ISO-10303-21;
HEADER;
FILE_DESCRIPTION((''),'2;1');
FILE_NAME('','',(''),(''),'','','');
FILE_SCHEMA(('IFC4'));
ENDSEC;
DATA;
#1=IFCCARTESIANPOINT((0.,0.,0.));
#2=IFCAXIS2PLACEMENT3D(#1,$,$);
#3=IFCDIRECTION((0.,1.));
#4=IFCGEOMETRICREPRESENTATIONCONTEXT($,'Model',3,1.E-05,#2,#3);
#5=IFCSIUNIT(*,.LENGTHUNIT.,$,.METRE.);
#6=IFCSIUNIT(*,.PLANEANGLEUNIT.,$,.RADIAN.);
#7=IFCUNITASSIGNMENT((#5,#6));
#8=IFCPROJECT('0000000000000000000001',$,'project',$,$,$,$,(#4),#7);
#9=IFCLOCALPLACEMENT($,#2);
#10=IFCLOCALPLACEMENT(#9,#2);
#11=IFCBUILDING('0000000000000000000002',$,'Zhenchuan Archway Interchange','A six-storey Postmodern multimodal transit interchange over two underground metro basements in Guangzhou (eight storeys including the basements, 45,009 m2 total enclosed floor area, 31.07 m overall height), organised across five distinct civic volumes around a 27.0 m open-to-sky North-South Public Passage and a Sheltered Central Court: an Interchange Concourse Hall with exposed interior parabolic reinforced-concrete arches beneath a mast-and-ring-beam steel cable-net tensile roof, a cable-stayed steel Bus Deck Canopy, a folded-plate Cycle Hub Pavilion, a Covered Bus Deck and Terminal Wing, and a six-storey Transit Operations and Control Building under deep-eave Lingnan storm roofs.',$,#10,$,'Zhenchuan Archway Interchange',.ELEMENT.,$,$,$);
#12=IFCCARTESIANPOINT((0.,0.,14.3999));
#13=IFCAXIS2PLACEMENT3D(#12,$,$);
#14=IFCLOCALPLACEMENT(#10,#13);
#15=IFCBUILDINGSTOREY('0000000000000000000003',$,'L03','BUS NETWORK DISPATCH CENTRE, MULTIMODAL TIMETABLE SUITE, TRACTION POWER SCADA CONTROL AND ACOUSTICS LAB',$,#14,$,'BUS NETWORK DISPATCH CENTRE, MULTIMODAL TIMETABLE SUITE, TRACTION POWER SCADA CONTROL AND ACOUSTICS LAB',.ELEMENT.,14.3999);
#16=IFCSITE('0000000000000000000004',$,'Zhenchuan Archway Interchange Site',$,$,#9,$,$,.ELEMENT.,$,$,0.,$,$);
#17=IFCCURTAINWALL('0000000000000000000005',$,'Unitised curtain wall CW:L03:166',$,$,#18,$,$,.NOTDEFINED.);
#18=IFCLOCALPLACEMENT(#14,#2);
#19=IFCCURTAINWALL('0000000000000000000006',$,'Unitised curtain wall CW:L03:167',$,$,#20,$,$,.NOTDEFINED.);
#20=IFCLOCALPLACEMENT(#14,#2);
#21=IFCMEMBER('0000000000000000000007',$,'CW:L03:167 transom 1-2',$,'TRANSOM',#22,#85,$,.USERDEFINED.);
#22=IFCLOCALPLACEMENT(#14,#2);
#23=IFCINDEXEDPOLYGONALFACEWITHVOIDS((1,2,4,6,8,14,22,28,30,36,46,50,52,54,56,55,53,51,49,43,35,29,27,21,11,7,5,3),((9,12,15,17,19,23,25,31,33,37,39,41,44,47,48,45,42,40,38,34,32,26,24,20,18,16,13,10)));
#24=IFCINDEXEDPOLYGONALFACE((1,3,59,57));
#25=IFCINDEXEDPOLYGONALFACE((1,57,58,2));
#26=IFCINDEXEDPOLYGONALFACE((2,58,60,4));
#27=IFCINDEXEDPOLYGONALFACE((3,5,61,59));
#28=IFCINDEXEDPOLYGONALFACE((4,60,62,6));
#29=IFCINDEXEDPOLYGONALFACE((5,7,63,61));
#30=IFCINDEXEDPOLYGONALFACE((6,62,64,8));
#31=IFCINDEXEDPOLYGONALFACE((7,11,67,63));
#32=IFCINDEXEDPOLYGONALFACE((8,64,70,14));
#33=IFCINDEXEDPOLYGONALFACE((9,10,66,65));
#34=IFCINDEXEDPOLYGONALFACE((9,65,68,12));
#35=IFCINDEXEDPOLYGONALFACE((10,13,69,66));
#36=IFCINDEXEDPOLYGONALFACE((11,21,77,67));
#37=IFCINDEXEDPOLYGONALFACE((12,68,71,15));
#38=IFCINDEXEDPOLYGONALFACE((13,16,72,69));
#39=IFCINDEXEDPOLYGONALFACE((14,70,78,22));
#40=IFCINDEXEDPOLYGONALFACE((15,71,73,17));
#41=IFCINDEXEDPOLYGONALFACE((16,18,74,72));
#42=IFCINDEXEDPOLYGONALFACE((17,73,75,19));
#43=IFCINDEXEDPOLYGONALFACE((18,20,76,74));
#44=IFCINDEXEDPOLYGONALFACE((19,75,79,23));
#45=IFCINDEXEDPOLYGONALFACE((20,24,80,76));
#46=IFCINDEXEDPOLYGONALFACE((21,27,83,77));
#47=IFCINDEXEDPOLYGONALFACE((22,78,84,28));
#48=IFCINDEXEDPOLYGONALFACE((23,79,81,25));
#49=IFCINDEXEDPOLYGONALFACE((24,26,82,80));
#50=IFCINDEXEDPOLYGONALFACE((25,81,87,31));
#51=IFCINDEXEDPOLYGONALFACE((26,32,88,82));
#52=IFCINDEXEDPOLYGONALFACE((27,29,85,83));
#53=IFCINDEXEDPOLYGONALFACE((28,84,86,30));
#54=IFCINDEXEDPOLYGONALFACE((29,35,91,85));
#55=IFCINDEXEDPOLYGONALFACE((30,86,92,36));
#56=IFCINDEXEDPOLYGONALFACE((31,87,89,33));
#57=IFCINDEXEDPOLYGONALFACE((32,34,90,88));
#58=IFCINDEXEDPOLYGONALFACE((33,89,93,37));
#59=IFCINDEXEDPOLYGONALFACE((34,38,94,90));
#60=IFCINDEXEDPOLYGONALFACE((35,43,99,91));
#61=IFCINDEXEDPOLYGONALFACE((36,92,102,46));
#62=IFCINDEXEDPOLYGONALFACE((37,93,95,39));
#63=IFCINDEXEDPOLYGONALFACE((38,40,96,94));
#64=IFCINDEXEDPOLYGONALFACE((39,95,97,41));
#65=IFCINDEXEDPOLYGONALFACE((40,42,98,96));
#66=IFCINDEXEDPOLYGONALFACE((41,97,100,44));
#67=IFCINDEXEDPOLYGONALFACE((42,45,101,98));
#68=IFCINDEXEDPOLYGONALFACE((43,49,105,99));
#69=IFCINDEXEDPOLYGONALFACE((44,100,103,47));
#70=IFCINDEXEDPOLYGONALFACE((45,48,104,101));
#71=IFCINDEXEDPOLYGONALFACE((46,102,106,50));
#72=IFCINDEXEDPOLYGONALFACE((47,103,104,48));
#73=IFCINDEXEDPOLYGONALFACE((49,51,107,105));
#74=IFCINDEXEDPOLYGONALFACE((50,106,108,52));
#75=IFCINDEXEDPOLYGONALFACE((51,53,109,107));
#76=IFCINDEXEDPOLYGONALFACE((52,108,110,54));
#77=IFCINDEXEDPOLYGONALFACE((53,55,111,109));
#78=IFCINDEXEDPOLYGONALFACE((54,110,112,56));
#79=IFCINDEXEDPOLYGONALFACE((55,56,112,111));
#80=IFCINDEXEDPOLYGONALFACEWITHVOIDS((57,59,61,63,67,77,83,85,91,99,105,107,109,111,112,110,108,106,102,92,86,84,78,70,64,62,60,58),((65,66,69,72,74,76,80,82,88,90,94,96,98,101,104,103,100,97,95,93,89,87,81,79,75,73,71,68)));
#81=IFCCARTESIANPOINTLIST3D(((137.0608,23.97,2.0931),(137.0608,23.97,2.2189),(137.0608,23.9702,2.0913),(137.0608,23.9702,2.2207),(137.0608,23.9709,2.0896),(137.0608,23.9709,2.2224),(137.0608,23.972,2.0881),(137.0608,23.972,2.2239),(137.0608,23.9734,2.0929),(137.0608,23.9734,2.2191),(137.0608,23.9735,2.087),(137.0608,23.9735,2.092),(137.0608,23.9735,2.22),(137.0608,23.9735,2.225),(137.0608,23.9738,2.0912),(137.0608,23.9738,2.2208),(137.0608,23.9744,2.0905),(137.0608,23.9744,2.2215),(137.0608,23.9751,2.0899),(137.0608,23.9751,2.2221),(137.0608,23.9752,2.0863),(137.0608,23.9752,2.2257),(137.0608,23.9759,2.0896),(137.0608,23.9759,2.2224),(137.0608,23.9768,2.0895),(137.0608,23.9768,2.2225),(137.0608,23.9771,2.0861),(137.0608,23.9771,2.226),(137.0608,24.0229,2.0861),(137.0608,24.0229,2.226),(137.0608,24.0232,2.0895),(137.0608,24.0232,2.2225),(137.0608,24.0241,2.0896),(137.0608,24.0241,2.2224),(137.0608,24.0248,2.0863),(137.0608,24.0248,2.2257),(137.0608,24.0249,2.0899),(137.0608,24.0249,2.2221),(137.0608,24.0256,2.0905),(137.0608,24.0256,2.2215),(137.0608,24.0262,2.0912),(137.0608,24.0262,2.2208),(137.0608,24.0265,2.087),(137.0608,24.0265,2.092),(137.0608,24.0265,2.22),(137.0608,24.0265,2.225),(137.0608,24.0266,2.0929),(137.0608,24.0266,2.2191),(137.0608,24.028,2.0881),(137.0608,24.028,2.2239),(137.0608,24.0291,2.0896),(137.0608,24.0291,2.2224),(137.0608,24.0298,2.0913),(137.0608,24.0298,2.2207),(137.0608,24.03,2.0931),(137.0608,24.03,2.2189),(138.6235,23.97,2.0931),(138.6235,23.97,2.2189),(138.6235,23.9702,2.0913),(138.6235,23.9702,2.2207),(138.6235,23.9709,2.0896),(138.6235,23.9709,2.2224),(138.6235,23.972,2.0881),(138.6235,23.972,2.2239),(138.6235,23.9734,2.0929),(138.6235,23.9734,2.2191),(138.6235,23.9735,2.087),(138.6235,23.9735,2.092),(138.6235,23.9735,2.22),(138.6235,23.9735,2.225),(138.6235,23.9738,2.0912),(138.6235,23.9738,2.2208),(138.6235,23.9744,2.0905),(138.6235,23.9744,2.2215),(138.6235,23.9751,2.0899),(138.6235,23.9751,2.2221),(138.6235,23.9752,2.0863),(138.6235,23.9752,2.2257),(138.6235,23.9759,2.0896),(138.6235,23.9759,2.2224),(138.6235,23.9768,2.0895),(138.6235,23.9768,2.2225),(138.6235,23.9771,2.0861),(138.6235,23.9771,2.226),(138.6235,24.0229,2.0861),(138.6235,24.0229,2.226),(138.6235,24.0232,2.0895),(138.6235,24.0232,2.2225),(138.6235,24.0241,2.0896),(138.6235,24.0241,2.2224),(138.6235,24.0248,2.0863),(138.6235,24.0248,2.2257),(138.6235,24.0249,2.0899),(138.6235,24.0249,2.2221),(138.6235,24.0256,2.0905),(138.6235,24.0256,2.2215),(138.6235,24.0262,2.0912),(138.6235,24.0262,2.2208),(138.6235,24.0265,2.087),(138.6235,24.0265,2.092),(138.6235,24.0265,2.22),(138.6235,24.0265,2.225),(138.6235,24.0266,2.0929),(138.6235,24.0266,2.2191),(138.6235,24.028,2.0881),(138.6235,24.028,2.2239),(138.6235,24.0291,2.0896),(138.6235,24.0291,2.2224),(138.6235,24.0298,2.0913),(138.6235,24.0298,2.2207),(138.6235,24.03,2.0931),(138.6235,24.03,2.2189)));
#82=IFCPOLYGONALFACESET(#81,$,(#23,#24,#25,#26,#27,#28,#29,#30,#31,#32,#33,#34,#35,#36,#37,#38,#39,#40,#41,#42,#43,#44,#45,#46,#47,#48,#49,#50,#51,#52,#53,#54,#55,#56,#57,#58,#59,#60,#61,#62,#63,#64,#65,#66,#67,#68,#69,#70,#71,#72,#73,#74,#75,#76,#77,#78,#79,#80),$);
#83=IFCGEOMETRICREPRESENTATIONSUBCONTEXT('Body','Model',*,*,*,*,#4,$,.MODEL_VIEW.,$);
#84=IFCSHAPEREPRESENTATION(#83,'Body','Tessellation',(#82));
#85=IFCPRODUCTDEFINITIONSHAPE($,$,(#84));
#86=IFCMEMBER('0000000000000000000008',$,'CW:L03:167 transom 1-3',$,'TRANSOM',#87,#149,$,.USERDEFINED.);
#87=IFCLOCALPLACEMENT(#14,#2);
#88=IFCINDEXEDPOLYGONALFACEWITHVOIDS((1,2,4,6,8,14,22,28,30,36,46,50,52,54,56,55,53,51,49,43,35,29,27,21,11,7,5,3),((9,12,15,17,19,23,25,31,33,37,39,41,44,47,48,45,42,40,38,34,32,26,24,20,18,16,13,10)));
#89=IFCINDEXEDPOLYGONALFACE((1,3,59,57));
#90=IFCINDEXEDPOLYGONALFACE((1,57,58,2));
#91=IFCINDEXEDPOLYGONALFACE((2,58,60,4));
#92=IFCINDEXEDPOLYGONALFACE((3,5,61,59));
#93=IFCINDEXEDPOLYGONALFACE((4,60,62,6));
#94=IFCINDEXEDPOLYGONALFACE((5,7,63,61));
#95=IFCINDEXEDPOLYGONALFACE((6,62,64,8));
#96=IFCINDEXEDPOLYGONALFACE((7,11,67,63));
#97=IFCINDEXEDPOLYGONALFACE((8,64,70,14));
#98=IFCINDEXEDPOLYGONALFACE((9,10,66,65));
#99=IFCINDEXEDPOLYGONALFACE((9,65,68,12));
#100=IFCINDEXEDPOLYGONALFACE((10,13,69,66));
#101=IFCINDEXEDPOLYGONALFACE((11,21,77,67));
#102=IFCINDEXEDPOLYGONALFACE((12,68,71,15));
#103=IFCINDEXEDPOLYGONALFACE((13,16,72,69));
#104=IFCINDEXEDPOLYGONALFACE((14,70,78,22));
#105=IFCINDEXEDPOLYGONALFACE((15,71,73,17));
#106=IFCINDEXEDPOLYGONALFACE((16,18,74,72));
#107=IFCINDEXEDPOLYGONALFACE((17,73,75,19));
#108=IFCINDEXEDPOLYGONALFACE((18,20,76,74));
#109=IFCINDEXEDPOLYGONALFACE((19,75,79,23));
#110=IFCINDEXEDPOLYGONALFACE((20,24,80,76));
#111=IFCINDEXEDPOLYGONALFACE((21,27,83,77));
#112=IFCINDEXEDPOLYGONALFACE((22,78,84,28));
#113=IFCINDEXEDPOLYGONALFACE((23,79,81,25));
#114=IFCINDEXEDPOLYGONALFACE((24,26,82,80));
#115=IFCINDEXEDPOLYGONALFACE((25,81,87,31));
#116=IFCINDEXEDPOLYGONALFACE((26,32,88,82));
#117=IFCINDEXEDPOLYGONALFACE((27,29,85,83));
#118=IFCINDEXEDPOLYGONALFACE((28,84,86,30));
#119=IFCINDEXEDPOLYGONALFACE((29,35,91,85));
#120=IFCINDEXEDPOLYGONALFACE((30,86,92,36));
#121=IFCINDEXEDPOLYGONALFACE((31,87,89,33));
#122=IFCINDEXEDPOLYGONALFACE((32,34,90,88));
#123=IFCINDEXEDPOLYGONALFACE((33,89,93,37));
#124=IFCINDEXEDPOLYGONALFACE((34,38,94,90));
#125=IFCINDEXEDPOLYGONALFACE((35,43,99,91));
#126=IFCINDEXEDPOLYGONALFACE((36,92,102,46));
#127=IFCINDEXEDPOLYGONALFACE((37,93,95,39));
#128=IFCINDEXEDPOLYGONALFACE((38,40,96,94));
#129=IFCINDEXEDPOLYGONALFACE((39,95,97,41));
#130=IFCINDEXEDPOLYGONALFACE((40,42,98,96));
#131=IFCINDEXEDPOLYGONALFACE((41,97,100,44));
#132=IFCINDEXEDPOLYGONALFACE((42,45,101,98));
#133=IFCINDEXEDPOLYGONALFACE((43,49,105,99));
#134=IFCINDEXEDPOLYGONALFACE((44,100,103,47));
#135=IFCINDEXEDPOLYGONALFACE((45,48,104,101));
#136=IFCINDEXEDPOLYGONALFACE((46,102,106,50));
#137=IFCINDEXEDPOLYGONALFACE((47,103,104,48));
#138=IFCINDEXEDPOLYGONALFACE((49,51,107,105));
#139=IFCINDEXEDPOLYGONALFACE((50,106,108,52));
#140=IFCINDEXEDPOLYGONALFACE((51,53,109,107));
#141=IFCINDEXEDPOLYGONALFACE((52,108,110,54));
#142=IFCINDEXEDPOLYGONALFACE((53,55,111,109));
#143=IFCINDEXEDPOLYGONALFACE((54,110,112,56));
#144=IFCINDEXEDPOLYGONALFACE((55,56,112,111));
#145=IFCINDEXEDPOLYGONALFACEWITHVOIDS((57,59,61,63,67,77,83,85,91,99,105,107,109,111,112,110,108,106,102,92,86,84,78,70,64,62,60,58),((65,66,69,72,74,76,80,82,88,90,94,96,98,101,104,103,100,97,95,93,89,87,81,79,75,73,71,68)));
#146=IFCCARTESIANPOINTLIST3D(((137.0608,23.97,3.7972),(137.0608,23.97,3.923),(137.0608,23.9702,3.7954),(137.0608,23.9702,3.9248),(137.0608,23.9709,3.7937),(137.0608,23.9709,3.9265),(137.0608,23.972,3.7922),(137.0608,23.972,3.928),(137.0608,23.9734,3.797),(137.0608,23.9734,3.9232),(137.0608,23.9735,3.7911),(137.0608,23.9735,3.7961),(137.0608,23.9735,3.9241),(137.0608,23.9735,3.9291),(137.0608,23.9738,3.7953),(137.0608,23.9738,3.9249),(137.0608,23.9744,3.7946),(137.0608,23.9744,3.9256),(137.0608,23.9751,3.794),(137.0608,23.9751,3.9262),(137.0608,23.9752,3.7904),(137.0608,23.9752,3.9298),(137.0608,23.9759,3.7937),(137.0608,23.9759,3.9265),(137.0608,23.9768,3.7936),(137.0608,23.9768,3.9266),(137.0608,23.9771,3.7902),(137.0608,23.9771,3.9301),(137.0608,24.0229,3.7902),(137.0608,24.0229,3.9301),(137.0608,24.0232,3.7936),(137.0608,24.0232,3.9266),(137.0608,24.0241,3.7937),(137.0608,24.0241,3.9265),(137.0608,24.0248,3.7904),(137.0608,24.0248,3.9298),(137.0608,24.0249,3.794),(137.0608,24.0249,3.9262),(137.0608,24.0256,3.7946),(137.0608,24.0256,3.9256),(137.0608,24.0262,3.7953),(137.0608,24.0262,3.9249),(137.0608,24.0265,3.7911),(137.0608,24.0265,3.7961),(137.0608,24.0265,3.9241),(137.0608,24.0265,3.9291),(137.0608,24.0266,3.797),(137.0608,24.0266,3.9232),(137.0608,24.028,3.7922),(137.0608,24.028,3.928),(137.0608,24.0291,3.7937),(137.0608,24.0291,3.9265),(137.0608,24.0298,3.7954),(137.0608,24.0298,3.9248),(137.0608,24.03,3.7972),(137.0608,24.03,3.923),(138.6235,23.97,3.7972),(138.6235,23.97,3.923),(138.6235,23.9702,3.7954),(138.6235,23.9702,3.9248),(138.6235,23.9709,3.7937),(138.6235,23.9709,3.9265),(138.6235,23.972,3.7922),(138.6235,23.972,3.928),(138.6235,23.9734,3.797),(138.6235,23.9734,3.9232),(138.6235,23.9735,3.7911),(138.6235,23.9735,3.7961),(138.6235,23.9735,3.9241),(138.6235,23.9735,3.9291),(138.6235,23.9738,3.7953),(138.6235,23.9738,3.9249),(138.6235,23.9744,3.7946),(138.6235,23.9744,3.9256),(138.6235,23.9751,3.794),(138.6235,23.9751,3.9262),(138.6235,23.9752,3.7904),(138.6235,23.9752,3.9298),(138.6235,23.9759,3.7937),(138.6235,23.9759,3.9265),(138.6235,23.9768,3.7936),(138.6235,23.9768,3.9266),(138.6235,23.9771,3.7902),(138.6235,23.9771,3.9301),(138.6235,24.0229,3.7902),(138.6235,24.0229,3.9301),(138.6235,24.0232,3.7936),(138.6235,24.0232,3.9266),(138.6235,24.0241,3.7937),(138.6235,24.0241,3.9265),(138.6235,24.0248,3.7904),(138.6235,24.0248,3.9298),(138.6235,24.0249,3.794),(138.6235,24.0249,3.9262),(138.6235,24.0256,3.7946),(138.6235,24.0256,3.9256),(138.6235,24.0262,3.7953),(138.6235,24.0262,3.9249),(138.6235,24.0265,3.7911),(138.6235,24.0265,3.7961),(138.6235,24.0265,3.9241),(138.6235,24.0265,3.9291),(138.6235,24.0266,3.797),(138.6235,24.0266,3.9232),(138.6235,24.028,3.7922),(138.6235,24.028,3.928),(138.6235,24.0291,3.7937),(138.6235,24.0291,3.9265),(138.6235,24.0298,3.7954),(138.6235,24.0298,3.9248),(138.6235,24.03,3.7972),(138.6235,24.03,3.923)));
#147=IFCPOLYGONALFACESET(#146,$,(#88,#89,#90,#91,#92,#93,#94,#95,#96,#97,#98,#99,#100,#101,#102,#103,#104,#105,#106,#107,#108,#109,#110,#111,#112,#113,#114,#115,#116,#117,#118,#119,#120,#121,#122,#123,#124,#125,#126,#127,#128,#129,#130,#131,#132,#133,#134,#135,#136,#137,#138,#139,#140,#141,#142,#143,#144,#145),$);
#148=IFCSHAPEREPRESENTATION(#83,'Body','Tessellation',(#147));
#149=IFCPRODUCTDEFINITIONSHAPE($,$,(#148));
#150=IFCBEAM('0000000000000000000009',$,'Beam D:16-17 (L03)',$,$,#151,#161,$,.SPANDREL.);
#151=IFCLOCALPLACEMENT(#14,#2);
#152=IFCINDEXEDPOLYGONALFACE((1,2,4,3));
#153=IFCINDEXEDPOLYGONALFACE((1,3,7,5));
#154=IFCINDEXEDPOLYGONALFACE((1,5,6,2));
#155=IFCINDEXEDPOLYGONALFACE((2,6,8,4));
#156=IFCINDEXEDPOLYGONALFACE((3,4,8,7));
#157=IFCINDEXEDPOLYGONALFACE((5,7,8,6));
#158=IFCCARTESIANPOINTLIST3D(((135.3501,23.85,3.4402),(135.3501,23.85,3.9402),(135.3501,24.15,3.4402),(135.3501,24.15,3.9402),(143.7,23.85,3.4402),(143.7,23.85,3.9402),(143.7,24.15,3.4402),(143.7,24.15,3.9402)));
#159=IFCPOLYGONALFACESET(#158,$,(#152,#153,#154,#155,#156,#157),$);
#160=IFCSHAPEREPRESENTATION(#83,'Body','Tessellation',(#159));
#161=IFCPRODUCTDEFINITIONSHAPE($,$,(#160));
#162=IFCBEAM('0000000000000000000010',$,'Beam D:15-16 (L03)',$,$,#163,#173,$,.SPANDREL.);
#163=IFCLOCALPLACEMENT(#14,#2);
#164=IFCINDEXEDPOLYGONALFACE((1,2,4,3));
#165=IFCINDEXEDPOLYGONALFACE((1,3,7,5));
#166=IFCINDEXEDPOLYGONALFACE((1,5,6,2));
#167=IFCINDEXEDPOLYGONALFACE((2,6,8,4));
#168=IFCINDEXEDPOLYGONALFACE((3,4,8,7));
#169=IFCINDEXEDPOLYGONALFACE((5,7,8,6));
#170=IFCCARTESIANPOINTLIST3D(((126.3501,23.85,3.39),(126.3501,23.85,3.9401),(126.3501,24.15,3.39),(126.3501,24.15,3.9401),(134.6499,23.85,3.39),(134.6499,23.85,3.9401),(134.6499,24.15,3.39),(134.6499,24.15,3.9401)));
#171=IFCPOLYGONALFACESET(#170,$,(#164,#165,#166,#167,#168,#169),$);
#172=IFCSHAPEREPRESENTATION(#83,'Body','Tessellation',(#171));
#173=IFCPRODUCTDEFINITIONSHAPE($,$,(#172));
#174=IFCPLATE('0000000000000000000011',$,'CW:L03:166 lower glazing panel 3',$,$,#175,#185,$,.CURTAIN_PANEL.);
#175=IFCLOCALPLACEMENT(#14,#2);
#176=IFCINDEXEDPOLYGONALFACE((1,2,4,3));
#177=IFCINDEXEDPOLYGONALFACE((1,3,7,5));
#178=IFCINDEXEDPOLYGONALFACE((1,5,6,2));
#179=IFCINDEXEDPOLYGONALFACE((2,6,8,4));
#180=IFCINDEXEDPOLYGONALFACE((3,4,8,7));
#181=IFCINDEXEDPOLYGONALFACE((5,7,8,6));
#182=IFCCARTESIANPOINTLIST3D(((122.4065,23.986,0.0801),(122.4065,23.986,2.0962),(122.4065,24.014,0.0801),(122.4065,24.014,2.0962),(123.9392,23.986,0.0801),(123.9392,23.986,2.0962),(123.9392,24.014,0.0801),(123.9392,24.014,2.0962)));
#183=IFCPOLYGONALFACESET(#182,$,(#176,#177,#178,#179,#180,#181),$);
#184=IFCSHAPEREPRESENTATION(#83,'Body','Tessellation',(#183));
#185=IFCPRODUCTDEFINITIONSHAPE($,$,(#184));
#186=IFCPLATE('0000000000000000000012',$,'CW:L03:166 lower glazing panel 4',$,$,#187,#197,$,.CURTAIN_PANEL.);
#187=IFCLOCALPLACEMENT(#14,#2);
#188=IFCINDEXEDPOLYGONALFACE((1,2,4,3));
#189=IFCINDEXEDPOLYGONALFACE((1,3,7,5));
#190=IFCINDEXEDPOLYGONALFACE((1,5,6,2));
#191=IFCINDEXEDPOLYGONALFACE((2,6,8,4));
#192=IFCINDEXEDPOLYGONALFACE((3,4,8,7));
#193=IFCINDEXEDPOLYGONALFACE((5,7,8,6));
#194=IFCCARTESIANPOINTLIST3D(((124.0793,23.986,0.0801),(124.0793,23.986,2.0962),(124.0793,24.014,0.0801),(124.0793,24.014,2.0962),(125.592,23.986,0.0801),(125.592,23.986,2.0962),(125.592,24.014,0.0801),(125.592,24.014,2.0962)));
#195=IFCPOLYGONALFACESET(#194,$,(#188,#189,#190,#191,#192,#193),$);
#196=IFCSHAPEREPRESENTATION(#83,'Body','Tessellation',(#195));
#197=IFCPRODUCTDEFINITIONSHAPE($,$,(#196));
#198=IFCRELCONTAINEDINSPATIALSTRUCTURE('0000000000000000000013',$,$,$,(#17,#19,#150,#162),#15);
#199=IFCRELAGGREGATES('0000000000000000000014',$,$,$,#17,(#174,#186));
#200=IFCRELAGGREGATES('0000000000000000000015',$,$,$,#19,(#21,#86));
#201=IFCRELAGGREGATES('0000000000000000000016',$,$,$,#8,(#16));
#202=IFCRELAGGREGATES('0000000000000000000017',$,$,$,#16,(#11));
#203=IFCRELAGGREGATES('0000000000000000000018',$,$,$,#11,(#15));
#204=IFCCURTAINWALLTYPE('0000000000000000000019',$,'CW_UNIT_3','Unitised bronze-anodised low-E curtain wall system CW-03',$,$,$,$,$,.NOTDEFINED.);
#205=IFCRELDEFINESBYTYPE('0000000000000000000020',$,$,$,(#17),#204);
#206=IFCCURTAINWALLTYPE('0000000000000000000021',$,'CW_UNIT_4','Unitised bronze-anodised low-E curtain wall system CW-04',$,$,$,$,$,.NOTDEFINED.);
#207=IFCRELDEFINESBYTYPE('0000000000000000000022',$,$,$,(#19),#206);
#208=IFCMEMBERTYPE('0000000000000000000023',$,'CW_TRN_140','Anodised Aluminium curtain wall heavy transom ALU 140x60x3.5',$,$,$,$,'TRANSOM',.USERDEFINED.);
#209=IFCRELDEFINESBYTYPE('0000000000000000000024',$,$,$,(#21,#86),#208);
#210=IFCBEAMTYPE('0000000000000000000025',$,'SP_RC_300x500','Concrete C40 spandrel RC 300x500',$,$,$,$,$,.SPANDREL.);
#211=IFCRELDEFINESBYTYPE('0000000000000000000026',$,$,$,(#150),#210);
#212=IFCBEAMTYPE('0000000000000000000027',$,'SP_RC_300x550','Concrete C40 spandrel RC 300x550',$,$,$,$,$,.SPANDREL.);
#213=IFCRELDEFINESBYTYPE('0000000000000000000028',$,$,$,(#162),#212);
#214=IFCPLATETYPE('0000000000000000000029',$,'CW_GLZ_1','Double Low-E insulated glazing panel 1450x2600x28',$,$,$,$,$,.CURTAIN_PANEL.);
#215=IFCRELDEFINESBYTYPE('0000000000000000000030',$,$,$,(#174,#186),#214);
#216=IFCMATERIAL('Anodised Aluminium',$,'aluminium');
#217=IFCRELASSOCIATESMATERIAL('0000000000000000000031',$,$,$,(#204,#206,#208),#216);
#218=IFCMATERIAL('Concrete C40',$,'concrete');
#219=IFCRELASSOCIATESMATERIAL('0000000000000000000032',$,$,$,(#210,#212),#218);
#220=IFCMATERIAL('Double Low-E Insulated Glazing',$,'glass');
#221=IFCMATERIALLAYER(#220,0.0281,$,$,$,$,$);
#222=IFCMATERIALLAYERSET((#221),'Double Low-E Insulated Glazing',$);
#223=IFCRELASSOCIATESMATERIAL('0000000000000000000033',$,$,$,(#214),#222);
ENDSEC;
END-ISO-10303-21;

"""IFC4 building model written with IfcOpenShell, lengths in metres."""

from ifc_helpers import new_model, si_unit, direction, frame, origin, origin_2d, place, context, subcontext, project, spatial, rectangle, hollow_rectangle, extrude, material, layer, layer_set, material_profile, profile_set, type_object, element, aggregate, save


model = new_model("IFC4")

# Units and contexts
model_context = context("Model", 3, precision=1e-05, world=origin(), true_north=direction((0.0, 1.0)))
body_context = subcontext(model_context, "Body", "Model", "MODEL_VIEW")
ifc_project = project(units=[si_unit("LENGTHUNIT", "METRE"), si_unit("PLANEANGLEUNIT", "RADIAN")], contexts=[model_context])

# Site, building, storey
site_placement = place(None, origin())
site = spatial("IfcSite", under=ifc_project, at=site_placement, Name="Zhenchuan Archway Interchange Site", CompositionType="ELEMENT", RefElevation=0.0)
building_placement = place(site_placement, origin())
building = spatial("IfcBuilding", under=site, at=building_placement, Name="Zhenchuan Archway Interchange", Description="A six-storey Postmodern multimodal transit interchange over two underground metro basements in Guangzhou (eight storeys including the basements, 45,009 m2 total enclosed floor area, 31.07 m overall height), organised across five distinct civic volumes around a 27.0 m open-to-sky North-South Public Passage and a Sheltered Central Court: an Interchange Concourse Hall with exposed interior parabolic reinforced-concrete arches beneath a mast-and-ring-beam steel cable-net tensile roof, a cable-stayed steel Bus Deck Canopy, a folded-plate Cycle Hub Pavilion, a Covered Bus Deck and Terminal Wing, and a six-storey Transit Operations and Control Building under deep-eave Lingnan storm roofs.", LongName="Zhenchuan Archway Interchange", CompositionType="ELEMENT")
storey_placement = place(building_placement, frame((0.0, 0.0, 14.3999)))
storey = spatial("IfcBuildingStorey", under=building, at=storey_placement, Name="L03", Description="BUS NETWORK DISPATCH CENTRE, MULTIMODAL TIMETABLE SUITE, TRACTION POWER SCADA CONTROL AND ACOUSTICS LAB", LongName="BUS NETWORK DISPATCH CENTRE, MULTIMODAL TIMETABLE SUITE, TRACTION POWER SCADA CONTROL AND ACOUSTICS LAB", CompositionType="ELEMENT", Elevation=14.3999)

# Shared definitions
ifc_material_1 = material(Name="Concrete C40", Category="concrete")

# Curtain walls
ifc_material_2 = material(Name="Anodised Aluminium", Category="aluminium")
curtain_wall_type_1 = type_object("IfcCurtainWallType", Name="CW_UNIT_3", Description="Unitised bronze-anodised low-E curtain wall system CW-03", PredefinedType="NOTDEFINED", material=ifc_material_2)
curtain_wall_1_placement = place(storey_placement, origin())
curtain_wall_1 = element("IfcCurtainWall", 1, at=curtain_wall_1_placement, inside=storey, type_object=curtain_wall_type_1, Name="Unitised curtain wall CW:L03:166", PredefinedType="NOTDEFINED")
curtain_wall_type_2 = type_object("IfcCurtainWallType", Name="CW_UNIT_4", Description="Unitised bronze-anodised low-E curtain wall system CW-04", PredefinedType="NOTDEFINED", material=ifc_material_2)
curtain_wall_2_placement = place(storey_placement, origin())
curtain_wall_2 = element("IfcCurtainWall", 2, at=curtain_wall_2_placement, inside=storey, type_object=curtain_wall_type_2, Name="Unitised curtain wall CW:L03:167", PredefinedType="NOTDEFINED")

# Members
ifc_material_profile_1 = material_profile(ifc_material_2, hollow_rectangle(XDim=0.0601, YDim=0.1399, WallThickness=0.0034, InnerFilletRadius=0.0034, OuterFilletRadius=0.0071, at=origin_2d()), Name="ALU 140x60x3.5")
ifc_profile_set_1 = profile_set([ifc_material_profile_1], Name="Anodised Aluminium")
member_type_1 = type_object("IfcMemberType", Name="CW_TRN_140", Description="Anodised Aluminium curtain wall heavy transom ALU 140x60x3.5", ElementType="TRANSOM", PredefinedType="USERDEFINED", material=ifc_profile_set_1)
member_1_placement = place(storey_placement, frame((137.0608, 24.0, 2.156), z_axis=(1.0, 0.0, 0.0), x_axis=(0.0, 1.0, 0.0)))
member_1 = element("IfcMember", 3, at=member_1_placement, type_object=member_type_1, Name="CW:L03:167 transom 1-2", ObjectType="TRANSOM", PredefinedType="USERDEFINED", context=body_context, shape_type="SweptSolid", body=[
    extrude(hollow_rectangle(XDim=0.0601, YDim=0.1399, WallThickness=0.0034, InnerFilletRadius=0.0034, OuterFilletRadius=0.0071, at=origin_2d()), origin(), (0.0, 0.0, 1.0), 1.5627),
])
member_2_placement = place(storey_placement, frame((137.0608, 24.0, 3.8601), z_axis=(1.0, 0.0, 0.0), x_axis=(0.0, 1.0, 0.0)))
member_2 = element("IfcMember", 4, at=member_2_placement, type_object=member_type_1, Name="CW:L03:167 transom 1-3", ObjectType="TRANSOM", PredefinedType="USERDEFINED", context=body_context, shape_type="SweptSolid", body=[
    extrude(hollow_rectangle(XDim=0.0601, YDim=0.1399, WallThickness=0.0034, InnerFilletRadius=0.0034, OuterFilletRadius=0.0071, at=origin_2d()), origin(), (0.0, 0.0, 1.0), 1.5627),
])

# Beams
ifc_material_profile_2 = material_profile(ifc_material_1, rectangle(XDim=0.3, YDim=0.5, at=origin_2d()), Name="RC 300x500")
ifc_profile_set_2 = profile_set([ifc_material_profile_2], Name="Concrete C40")
beam_type_1 = type_object("IfcBeamType", Name="SP_RC_300x500", Description="Concrete C40 spandrel RC 300x500", PredefinedType="SPANDREL", material=ifc_profile_set_2)
beam_1_placement = place(storey_placement, frame((135.3501, 24.0, 3.6902), z_axis=(1.0, 0.0, 0.0), x_axis=(0.0, 1.0, 0.0)))
element("IfcBeam", 5, at=beam_1_placement, inside=storey, type_object=beam_type_1, Name="Beam D:16-17 (L03)", PredefinedType="SPANDREL", context=body_context, shape_type="SweptSolid", body=[
    extrude(rectangle(XDim=0.3, YDim=0.5, at=origin_2d()), origin(), (0.0, 0.0, 1.0), 8.3499),
])
ifc_material_profile_3 = material_profile(ifc_material_1, rectangle(XDim=0.3, YDim=0.55, at=origin_2d()), Name="RC 300x550")
ifc_profile_set_3 = profile_set([ifc_material_profile_3], Name="Concrete C40")
beam_type_2 = type_object("IfcBeamType", Name="SP_RC_300x550", Description="Concrete C40 spandrel RC 300x550", PredefinedType="SPANDREL", material=ifc_profile_set_3)
beam_2_placement = place(storey_placement, frame((126.3501, 24.0, 3.665), z_axis=(1.0, 0.0, 0.0), x_axis=(0.0, 1.0, 0.0)))
element("IfcBeam", 6, at=beam_2_placement, inside=storey, type_object=beam_type_2, Name="Beam D:15-16 (L03)", PredefinedType="SPANDREL", context=body_context, shape_type="SweptSolid", body=[
    extrude(rectangle(XDim=0.3, YDim=0.55, at=origin_2d()), origin(), (0.0, 0.0, 1.0), 8.2998),
])

# Plates
ifc_material_3 = material(Name="Double Low-E Insulated Glazing", Category="glass")
ifc_layer_1 = layer(ifc_material_3, 0.0281)
ifc_layer_set_1 = layer_set([ifc_layer_1], Name="Double Low-E Insulated Glazing")
plate_type_1 = type_object("IfcPlateType", Name="CW_GLZ_1", Description="Double Low-E insulated glazing panel 1450x2600x28", PredefinedType="CURTAIN_PANEL", material=ifc_layer_set_1)
plate_1_placement = place(storey_placement, frame((123.1729, 24.0, 0.0801), z_axis=(0.0, 0.0, 1.0), x_axis=(1.0, 0.0, 0.0)))
plate_1 = element("IfcPlate", 7, at=plate_1_placement, type_object=plate_type_1, Name="CW:L03:166 lower glazing panel 3", PredefinedType="CURTAIN_PANEL", context=body_context, shape_type="SweptSolid", body=[
    extrude(rectangle(XDim=1.5327, YDim=0.0281, at=origin_2d()), origin(), (0.0, 0.0, 1.0), 2.0161),
])
plate_2_placement = place(storey_placement, frame((124.8357, 24.0, 0.0801), z_axis=(0.0, 0.0, 1.0), x_axis=(1.0, 0.0, 0.0)))
plate_2 = element("IfcPlate", 8, at=plate_2_placement, type_object=plate_type_1, Name="CW:L03:166 lower glazing panel 4", PredefinedType="CURTAIN_PANEL", context=body_context, shape_type="SweptSolid", body=[
    extrude(rectangle(XDim=1.5127, YDim=0.0281, at=origin_2d()), origin(), (0.0, 0.0, 1.0), 2.0161),
])
aggregate(curtain_wall_1, [plate_1, plate_2])
aggregate(curtain_wall_2, [member_1, member_2])

save(model, "model.ifc")
